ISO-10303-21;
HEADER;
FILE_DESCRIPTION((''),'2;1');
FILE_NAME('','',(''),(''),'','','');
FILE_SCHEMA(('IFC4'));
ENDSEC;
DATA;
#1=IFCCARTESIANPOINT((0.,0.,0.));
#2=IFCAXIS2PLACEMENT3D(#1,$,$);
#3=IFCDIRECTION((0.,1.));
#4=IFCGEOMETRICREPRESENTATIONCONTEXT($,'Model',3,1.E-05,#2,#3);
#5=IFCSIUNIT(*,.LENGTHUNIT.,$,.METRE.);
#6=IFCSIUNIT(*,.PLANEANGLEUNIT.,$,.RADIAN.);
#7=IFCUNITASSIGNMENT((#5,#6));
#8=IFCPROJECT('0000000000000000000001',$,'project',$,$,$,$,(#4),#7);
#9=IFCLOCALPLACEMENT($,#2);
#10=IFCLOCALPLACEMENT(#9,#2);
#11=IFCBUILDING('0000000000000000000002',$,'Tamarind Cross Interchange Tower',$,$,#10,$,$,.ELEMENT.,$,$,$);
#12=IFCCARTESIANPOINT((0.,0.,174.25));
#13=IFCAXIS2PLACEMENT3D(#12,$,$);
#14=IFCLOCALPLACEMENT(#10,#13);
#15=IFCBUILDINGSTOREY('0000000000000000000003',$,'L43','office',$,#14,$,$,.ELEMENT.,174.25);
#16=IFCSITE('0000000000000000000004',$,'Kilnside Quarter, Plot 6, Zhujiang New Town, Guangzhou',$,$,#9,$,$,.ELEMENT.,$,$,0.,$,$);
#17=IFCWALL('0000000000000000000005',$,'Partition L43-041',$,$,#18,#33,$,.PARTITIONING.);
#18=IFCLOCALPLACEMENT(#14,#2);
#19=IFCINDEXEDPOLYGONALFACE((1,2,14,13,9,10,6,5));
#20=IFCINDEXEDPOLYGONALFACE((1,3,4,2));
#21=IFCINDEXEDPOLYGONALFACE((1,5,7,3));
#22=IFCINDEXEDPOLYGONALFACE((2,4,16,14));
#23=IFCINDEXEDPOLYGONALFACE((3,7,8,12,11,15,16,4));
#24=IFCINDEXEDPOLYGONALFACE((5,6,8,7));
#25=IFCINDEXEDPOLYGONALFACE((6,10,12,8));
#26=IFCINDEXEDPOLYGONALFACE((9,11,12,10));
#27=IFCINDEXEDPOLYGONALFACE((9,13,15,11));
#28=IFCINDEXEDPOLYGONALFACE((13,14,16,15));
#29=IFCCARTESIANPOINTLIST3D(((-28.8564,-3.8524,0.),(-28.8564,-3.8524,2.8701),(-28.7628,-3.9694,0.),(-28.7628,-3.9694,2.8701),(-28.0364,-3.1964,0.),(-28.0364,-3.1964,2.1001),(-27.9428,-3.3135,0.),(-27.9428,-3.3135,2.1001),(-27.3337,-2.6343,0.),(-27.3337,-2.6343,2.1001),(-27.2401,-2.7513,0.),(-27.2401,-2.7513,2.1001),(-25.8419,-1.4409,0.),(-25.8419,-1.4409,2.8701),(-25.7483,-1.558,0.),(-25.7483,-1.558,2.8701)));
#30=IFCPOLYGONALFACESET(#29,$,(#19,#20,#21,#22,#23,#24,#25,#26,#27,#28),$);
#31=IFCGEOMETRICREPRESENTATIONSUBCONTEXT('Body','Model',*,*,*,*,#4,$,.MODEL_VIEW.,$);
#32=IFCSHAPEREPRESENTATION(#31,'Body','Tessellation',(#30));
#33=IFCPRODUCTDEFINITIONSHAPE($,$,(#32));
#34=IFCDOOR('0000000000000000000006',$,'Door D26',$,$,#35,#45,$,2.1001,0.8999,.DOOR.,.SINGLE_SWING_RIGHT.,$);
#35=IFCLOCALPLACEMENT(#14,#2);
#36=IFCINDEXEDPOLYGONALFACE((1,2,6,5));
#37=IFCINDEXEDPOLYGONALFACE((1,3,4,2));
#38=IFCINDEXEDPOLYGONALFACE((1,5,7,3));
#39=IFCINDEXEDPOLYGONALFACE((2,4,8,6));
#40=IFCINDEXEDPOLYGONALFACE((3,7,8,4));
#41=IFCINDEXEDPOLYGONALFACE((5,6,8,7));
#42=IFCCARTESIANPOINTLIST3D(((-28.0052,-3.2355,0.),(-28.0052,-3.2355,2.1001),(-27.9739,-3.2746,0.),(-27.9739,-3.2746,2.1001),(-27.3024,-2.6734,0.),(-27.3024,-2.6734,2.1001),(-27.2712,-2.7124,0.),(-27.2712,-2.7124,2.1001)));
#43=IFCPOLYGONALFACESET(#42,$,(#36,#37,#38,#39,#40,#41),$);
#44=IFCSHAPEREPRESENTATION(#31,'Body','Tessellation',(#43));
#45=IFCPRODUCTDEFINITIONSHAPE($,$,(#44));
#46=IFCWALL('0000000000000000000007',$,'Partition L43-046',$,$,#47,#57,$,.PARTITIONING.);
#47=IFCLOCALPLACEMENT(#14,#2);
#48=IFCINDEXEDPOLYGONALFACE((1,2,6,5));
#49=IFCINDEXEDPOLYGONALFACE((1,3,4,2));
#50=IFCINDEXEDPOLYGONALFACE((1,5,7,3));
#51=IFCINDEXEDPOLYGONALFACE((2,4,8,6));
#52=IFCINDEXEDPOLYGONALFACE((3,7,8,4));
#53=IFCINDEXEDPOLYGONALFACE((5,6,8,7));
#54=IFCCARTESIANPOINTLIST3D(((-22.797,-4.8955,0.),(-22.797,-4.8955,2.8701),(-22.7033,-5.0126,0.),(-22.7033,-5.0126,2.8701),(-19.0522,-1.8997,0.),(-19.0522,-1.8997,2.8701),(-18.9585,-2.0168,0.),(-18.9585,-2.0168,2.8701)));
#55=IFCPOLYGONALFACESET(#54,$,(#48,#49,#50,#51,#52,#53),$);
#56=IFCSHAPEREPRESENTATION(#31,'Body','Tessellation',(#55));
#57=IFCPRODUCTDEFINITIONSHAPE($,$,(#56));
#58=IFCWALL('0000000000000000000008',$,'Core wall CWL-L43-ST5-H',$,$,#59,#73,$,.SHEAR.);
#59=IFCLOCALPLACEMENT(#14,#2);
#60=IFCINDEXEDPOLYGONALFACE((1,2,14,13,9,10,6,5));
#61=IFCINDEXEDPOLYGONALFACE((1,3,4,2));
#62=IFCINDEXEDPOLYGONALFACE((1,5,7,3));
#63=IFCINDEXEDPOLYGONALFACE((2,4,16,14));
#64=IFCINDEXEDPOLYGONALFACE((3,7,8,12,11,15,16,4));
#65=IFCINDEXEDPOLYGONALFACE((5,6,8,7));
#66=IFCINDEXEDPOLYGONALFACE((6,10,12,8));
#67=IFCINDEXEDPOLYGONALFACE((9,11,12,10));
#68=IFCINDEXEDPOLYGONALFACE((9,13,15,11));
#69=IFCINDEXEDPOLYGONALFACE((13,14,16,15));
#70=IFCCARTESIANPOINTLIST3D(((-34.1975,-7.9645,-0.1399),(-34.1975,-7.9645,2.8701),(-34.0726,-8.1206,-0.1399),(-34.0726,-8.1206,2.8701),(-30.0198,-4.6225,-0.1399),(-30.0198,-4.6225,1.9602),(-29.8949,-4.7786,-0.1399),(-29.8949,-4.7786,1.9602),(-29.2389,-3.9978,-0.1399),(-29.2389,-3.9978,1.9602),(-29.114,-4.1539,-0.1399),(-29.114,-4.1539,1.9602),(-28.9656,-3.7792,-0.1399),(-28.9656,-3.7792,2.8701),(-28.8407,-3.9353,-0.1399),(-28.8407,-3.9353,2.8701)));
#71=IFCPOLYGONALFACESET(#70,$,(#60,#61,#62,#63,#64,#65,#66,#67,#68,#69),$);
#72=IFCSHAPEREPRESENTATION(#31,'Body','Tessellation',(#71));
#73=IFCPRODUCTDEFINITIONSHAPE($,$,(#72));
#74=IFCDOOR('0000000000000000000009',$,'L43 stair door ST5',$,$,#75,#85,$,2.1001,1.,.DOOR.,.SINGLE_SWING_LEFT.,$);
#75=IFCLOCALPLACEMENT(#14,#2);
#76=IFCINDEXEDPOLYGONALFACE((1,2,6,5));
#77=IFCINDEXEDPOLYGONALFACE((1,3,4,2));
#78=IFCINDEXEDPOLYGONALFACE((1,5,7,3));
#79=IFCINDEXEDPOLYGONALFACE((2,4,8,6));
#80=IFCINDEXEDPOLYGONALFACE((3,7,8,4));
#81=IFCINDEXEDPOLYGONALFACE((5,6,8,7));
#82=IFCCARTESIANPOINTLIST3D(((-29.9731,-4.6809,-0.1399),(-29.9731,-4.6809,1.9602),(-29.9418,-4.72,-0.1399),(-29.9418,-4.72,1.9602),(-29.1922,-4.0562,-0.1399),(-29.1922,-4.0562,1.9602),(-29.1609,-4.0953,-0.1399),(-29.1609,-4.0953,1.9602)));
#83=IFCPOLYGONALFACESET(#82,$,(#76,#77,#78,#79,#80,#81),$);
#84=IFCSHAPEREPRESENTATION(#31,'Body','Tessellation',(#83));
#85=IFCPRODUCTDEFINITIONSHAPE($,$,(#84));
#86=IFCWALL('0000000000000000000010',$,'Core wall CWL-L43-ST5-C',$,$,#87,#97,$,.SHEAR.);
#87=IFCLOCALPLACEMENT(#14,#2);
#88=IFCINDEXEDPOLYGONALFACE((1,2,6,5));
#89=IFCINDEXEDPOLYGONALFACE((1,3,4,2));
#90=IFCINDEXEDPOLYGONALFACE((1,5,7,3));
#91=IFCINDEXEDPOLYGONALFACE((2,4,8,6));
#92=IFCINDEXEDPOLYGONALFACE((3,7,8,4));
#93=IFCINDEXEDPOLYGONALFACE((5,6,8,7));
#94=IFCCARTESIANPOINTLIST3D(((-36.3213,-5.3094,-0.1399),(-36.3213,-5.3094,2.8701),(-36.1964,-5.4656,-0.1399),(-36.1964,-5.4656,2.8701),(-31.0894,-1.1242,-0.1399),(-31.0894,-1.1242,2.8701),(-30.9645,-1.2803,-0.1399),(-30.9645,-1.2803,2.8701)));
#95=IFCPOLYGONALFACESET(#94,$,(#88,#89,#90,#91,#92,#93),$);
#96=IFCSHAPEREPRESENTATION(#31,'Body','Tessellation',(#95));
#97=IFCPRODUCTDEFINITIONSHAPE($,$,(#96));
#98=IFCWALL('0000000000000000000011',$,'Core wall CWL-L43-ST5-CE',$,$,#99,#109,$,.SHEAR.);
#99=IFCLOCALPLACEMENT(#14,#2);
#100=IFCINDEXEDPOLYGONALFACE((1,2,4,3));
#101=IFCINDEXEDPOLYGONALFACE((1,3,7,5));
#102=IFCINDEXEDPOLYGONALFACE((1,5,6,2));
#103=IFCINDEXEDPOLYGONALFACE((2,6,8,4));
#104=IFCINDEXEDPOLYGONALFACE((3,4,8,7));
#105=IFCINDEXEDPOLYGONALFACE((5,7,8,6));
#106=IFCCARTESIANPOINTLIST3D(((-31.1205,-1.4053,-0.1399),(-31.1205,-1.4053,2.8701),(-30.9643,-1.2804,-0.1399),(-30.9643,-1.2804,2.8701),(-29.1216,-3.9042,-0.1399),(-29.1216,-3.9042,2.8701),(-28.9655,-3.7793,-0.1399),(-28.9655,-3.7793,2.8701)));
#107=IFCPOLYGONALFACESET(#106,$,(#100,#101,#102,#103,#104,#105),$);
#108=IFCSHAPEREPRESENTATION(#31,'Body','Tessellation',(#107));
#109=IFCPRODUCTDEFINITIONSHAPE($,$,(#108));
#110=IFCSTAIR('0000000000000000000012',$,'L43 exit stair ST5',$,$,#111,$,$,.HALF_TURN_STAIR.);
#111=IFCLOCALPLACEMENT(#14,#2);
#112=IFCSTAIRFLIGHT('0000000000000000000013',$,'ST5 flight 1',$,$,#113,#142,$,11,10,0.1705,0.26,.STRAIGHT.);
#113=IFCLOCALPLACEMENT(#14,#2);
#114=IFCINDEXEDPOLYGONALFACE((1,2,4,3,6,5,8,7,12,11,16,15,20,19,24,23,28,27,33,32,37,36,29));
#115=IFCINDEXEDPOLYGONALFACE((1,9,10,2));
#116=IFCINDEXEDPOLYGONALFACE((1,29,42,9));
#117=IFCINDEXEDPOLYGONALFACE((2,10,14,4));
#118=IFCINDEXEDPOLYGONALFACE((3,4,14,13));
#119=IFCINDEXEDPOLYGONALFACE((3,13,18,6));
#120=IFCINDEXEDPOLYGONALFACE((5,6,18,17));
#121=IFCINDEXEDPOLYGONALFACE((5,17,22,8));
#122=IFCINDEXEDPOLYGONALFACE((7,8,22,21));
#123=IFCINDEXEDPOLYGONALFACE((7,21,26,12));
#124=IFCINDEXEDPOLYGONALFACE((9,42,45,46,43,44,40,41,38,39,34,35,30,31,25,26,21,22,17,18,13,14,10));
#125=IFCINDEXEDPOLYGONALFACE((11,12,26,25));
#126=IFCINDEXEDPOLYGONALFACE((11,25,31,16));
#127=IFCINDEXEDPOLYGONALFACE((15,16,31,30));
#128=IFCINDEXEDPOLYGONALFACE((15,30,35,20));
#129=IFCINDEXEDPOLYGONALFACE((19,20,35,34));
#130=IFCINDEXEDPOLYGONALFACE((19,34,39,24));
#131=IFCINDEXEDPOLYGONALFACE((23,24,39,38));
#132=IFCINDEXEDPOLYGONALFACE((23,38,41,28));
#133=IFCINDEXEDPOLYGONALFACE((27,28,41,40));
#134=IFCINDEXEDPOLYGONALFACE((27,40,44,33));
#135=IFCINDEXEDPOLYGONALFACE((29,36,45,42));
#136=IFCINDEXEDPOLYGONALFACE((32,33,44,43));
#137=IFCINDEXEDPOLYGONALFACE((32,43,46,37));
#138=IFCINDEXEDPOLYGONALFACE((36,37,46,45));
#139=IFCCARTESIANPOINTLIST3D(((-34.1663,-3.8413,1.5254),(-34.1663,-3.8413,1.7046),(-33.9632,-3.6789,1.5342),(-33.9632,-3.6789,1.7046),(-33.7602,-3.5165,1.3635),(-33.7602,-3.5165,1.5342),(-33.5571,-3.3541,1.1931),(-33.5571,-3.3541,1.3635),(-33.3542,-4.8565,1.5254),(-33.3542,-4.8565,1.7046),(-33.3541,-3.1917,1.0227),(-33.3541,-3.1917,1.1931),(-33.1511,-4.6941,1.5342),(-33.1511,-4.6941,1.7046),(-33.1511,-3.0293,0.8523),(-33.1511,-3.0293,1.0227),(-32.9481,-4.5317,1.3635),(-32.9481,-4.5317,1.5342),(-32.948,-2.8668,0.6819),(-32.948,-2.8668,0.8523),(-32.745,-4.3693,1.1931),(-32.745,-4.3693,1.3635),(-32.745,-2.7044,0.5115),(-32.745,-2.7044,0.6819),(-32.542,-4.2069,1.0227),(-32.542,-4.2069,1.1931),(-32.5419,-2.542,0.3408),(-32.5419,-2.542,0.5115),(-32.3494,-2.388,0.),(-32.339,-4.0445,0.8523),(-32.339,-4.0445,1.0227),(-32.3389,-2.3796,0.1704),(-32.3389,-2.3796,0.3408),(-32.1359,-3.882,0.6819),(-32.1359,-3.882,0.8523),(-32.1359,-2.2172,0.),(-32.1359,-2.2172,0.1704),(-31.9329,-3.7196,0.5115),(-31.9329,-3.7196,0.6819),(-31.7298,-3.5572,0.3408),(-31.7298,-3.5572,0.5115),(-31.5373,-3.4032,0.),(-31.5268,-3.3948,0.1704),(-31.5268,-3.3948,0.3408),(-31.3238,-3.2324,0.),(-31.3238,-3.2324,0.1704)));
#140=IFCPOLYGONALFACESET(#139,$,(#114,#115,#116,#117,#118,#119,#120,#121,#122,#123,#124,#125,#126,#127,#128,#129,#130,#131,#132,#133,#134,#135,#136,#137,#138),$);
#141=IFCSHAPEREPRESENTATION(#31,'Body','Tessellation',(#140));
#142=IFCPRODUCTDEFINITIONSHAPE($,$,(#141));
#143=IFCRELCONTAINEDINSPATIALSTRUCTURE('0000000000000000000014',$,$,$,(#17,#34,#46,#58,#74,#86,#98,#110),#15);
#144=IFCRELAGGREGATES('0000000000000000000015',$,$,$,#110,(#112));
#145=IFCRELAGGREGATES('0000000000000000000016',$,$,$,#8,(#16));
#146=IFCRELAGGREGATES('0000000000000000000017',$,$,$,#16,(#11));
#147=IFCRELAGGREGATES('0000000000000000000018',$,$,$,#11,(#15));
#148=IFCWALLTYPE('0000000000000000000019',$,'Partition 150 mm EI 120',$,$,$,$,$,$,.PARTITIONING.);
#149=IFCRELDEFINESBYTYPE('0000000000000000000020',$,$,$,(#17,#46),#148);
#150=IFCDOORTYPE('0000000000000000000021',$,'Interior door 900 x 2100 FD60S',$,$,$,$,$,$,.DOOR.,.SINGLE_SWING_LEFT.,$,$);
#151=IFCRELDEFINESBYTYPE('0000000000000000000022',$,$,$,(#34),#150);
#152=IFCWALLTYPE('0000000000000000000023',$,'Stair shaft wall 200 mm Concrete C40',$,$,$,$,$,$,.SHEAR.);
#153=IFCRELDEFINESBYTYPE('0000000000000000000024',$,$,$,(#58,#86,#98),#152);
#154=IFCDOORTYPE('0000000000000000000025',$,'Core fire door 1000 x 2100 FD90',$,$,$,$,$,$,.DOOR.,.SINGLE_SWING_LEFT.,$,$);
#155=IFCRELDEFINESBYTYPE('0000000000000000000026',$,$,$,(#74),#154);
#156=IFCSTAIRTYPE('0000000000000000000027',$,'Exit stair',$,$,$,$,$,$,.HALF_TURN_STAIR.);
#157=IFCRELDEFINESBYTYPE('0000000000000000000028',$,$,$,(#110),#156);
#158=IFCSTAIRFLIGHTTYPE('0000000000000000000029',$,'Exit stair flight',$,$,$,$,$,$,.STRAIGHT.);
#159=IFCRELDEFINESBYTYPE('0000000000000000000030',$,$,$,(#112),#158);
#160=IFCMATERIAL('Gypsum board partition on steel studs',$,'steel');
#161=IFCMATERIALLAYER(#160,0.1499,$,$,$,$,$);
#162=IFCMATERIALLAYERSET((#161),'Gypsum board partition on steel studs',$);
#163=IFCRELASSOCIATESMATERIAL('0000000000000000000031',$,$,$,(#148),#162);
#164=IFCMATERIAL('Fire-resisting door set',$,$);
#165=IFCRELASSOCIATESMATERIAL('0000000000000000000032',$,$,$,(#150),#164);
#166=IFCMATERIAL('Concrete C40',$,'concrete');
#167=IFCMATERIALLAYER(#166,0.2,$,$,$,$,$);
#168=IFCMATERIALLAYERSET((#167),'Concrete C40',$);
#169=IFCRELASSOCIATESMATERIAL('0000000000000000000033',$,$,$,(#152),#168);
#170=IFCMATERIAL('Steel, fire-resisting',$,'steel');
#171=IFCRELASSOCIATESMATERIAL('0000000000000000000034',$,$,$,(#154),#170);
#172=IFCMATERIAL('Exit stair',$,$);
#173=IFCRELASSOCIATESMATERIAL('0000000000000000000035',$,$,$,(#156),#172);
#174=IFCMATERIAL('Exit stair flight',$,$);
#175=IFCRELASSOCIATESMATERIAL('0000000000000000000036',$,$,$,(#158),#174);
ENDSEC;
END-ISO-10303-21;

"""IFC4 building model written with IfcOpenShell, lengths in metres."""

from ifc_helpers import new_model, si_unit, direction, frame, frame_2d, origin, place, context, subcontext, project, spatial, polyline, rectangle, outline, extrude, material, layer, layer_set, type_object, element, fill, aggregate, save


model = new_model("IFC4")

# Units and contexts
model_context = context("Model", 3, precision=1e-05, world=origin(), true_north=direction((0.0, 1.0)))
body_context = subcontext(model_context, "Body", "Model", "MODEL_VIEW")
ifc_project = project(units=[si_unit("LENGTHUNIT", "METRE"), si_unit("PLANEANGLEUNIT", "RADIAN")], contexts=[model_context])

# Site, building, storey
site_placement = place(None, origin())
site = spatial("IfcSite", under=ifc_project, at=site_placement, Name="Kilnside Quarter, Plot 6, Zhujiang New Town, Guangzhou", CompositionType="ELEMENT", RefElevation=0.0)
building_placement = place(site_placement, origin())
building = spatial("IfcBuilding", under=site, at=building_placement, Name="Tamarind Cross Interchange Tower", CompositionType="ELEMENT")
storey_placement = place(building_placement, frame((0.0, 0.0, 174.25)))
storey = spatial("IfcBuildingStorey", under=building, at=storey_placement, Name="L43", Description="office", CompositionType="ELEMENT", Elevation=174.25)

# Shared definitions
ifc_material_1 = material(Name="Gypsum board partition on steel studs", Category="steel")

# Wall, opening, door
ifc_layer_1 = layer(ifc_material_1, 0.1499)
ifc_layer_set_1 = layer_set([ifc_layer_1], Name="Gypsum board partition on steel studs")
wall_type_1 = type_object("IfcWallType", Name="Partition 150 mm EI 120", PredefinedType="PARTITIONING", material=ifc_layer_set_1)
wall_1_placement = place(storey_placement, frame((-28.8096, -3.9109, 0.0), z_axis=(0.0, 0.0, 1.0), x_axis=(0.780887, 0.624672, 0.0)))
wall_1 = element("IfcWall", 1, at=wall_1_placement, inside=storey, type_object=wall_type_1, Name="Partition L43-041", PredefinedType="PARTITIONING", context=body_context, shape_type="SweptSolid", body=[
    extrude(rectangle(XDim=3.8604, YDim=0.1499, at=frame_2d((1.9302, 0.0))), origin(), (0.0, 0.0, 1.0), 2.8701),
])
opening_1_placement = place(wall_1_placement, frame((1.05, 0.0, 0.0)))
opening_1 = element("IfcOpeningElement", 2, at=opening_1_placement, cuts=wall_1, PredefinedType="OPENING", context=body_context, shape_type="SweptSolid", body=[
    extrude(rectangle(XDim=0.8999, YDim=2.1001, at=frame_2d((0.45, 1.05))), frame((0.0, 0.085, 0.0), z_axis=(0.0, -1.0, 0.0), x_axis=(1.0, 0.0, 0.0)), (0.0, 0.0, 1.0), 0.1699),
])
ifc_material_2 = material(Name="Fire-resisting door set")
door_type_1 = type_object("IfcDoorType", Name="Interior door 900 x 2100 FD60S", OperationType="SINGLE_SWING_LEFT", PredefinedType="DOOR", material=ifc_material_2)
door_1_placement = place(opening_1_placement, origin())
door_1 = element("IfcDoor", 3, at=door_1_placement, inside=storey, type_object=door_type_1, Name="Door D26", OperationType="SINGLE_SWING_RIGHT", OverallHeight=2.1001, OverallWidth=0.8999, PredefinedType="DOOR", context=body_context, shape_type="SweptSolid", body=[
    extrude(rectangle(XDim=0.8999, YDim=2.1001, at=frame_2d((0.45, 1.05))), frame((0.0, 0.0249, 0.0), z_axis=(0.0, -1.0, 0.0), x_axis=(1.0, 0.0, 0.0)), (0.0, 0.0, 1.0), 0.05),
])
fill(opening_1, door_1)

# Wall
wall_2_placement = place(storey_placement, frame((-22.7502, -4.9541, 0.0), z_axis=(0.0, 0.0, 1.0), x_axis=(0.780874, 0.624689, 0.0)))
element("IfcWall", 4, at=wall_2_placement, inside=storey, type_object=wall_type_1, Name="Partition L43-046", PredefinedType="PARTITIONING", context=body_context, shape_type="SweptSolid", body=[
    extrude(rectangle(XDim=4.7957, YDim=0.1499, at=frame_2d((2.3979, 0.0))), origin(), (0.0, 0.0, 1.0), 2.8701),
])

# Wall, opening, door
ifc_material_3 = material(Name="Concrete C40", Category="concrete")
ifc_layer_2 = layer(ifc_material_3, 0.2)
ifc_layer_set_2 = layer_set([ifc_layer_2], Name="Concrete C40")
wall_type_2 = type_object("IfcWallType", Name="Stair shaft wall 200 mm Concrete C40", PredefinedType="SHEAR", material=ifc_layer_set_2)
wall_3_placement = place(storey_placement, frame((-28.9031, -3.8572, -0.1399), z_axis=(0.0, 0.0, 1.0), x_axis=(-0.780887, -0.624673, 0.0)))
wall_3 = element("IfcWall", 5, at=wall_3_placement, inside=storey, type_object=wall_type_2, Name="Core wall CWL-L43-ST5-H", PredefinedType="SHEAR", context=body_context, shape_type="SweptSolid", body=[
    extrude(rectangle(XDim=6.7, YDim=0.2, at=frame_2d((3.3501, 0.0))), origin(), (0.0, 0.0, 1.0), 3.01),
])
opening_2_placement = place(wall_3_placement, frame((0.3501, 0.0, 0.0)))
opening_2 = element("IfcOpeningElement", 6, at=opening_2_placement, cuts=wall_3, PredefinedType="OPENING", context=body_context, shape_type="SweptSolid", body=[
    extrude(rectangle(XDim=1.0, YDim=2.1001, at=frame_2d((0.5, 1.05))), frame((0.0, 0.1099, 0.0), z_axis=(0.0, -1.0, 0.0), x_axis=(1.0, 0.0, 0.0)), (0.0, 0.0, 1.0), 0.22),
])
ifc_material_4 = material(Name="Steel, fire-resisting", Category="steel")
door_type_2 = type_object("IfcDoorType", Name="Core fire door 1000 x 2100 FD90", OperationType="SINGLE_SWING_LEFT", PredefinedType="DOOR", material=ifc_material_4)
door_2_placement = place(opening_2_placement, origin())
door_2 = element("IfcDoor", 7, at=door_2_placement, inside=storey, type_object=door_type_2, Name="L43 stair door ST5", OperationType="SINGLE_SWING_LEFT", OverallHeight=2.1001, OverallWidth=1.0, PredefinedType="DOOR", context=body_context, shape_type="SweptSolid", body=[
    extrude(rectangle(XDim=1.0, YDim=2.1001, at=frame_2d((0.5, 1.05))), frame((0.0, 0.0249, 0.0), z_axis=(0.0, -1.0, 0.0), x_axis=(1.0, 0.0, 0.0)), (0.0, 0.0, 1.0), 0.05),
])
fill(opening_2, door_2)

# Walls
wall_4_placement = place(storey_placement, frame((-31.0269, -1.2021, -0.1399), z_axis=(0.0, 0.0, 1.0), x_axis=(-0.780887, -0.624673, 0.0)))
element("IfcWall", 8, at=wall_4_placement, inside=storey, type_object=wall_type_2, Name="Core wall CWL-L43-ST5-C", PredefinedType="SHEAR", context=body_context, shape_type="SweptSolid", body=[
    extrude(rectangle(XDim=6.7, YDim=0.2, at=frame_2d((3.3501, 0.0))), origin(), (0.0, 0.0, 1.0), 3.01),
])
wall_5_placement = place(storey_placement, frame((-31.0425, -1.3428, -0.1399), z_axis=(0.0, 0.0, 1.0), x_axis=(0.624649, -0.780906, 0.0)))
element("IfcWall", 9, at=wall_5_placement, inside=storey, type_object=wall_type_2, Name="Core wall CWL-L43-ST5-CE", PredefinedType="SHEAR", context=body_context, shape_type="SweptSolid", body=[
    extrude(rectangle(XDim=3.2, YDim=0.2, at=frame_2d((1.6001, 0.0))), origin(), (0.0, 0.0, 1.0), 3.01),
])

# Stair, stair flight
ifc_material_5 = material(Name="Exit stair")
stair_type = type_object("IfcStairType", Name="Exit stair", PredefinedType="HALF_TURN_STAIR", material=ifc_material_5)
stair_placement = place(storey_placement, origin())
stair = element("IfcStair", 10, at=stair_placement, inside=storey, type_object=stair_type, Name="L43 exit stair ST5", PredefinedType="HALF_TURN_STAIR")
ifc_material_6 = material(Name="Exit stair flight")
stair_flight_type = type_object("IfcStairFlightType", Name="Exit stair flight", PredefinedType="STRAIGHT", material=ifc_material_6)
stair_flight_placement = place(storey_placement, frame((-31.7297, -2.7249, 0.0), z_axis=(0.0, 0.0, 1.0), x_axis=(-0.780893, -0.624665, 0.0)))
stair_flight = element("IfcStairFlight", 11, at=stair_flight_placement, type_object=stair_flight_type, Name="ST5 flight 1", NumberOfRisers=11, NumberOfTreads=10, PredefinedType="STRAIGHT", RiserHeight=0.1705, TreadLength=0.26, context=body_context, shape_type="SweptSolid", body=[
    extrude(outline(polyline([(0.0, 0.0), (0.0, 0.1704), (0.26, 0.1704), (0.26, 0.3408), (0.52, 0.3408), (0.52, 0.5115), (0.78, 0.5115), (0.78, 0.6819), (1.04, 0.6819), (1.04, 0.8523), (1.3, 0.8523), (1.3, 1.0227), (1.5601, 1.0227), (1.5601, 1.1931), (1.8201, 1.1931), (1.8201, 1.3635), (2.0801, 1.3635), (2.0801, 1.5342), (2.3401, 1.5342), (2.3401, 1.7046), (2.6001, 1.7046), (2.6001, 1.875), (2.6001, 1.5254), (0.2734, 0.0), (0.0, 0.0)])), frame((0.0, 0.6499, 0.0), z_axis=(0.0, -1.0, 0.0), x_axis=(1.0, 0.0, 0.0)), (0.0, 0.0, 1.0), 1.3),
])
aggregate(stair, [stair_flight])

save(model, "model.ifc")
